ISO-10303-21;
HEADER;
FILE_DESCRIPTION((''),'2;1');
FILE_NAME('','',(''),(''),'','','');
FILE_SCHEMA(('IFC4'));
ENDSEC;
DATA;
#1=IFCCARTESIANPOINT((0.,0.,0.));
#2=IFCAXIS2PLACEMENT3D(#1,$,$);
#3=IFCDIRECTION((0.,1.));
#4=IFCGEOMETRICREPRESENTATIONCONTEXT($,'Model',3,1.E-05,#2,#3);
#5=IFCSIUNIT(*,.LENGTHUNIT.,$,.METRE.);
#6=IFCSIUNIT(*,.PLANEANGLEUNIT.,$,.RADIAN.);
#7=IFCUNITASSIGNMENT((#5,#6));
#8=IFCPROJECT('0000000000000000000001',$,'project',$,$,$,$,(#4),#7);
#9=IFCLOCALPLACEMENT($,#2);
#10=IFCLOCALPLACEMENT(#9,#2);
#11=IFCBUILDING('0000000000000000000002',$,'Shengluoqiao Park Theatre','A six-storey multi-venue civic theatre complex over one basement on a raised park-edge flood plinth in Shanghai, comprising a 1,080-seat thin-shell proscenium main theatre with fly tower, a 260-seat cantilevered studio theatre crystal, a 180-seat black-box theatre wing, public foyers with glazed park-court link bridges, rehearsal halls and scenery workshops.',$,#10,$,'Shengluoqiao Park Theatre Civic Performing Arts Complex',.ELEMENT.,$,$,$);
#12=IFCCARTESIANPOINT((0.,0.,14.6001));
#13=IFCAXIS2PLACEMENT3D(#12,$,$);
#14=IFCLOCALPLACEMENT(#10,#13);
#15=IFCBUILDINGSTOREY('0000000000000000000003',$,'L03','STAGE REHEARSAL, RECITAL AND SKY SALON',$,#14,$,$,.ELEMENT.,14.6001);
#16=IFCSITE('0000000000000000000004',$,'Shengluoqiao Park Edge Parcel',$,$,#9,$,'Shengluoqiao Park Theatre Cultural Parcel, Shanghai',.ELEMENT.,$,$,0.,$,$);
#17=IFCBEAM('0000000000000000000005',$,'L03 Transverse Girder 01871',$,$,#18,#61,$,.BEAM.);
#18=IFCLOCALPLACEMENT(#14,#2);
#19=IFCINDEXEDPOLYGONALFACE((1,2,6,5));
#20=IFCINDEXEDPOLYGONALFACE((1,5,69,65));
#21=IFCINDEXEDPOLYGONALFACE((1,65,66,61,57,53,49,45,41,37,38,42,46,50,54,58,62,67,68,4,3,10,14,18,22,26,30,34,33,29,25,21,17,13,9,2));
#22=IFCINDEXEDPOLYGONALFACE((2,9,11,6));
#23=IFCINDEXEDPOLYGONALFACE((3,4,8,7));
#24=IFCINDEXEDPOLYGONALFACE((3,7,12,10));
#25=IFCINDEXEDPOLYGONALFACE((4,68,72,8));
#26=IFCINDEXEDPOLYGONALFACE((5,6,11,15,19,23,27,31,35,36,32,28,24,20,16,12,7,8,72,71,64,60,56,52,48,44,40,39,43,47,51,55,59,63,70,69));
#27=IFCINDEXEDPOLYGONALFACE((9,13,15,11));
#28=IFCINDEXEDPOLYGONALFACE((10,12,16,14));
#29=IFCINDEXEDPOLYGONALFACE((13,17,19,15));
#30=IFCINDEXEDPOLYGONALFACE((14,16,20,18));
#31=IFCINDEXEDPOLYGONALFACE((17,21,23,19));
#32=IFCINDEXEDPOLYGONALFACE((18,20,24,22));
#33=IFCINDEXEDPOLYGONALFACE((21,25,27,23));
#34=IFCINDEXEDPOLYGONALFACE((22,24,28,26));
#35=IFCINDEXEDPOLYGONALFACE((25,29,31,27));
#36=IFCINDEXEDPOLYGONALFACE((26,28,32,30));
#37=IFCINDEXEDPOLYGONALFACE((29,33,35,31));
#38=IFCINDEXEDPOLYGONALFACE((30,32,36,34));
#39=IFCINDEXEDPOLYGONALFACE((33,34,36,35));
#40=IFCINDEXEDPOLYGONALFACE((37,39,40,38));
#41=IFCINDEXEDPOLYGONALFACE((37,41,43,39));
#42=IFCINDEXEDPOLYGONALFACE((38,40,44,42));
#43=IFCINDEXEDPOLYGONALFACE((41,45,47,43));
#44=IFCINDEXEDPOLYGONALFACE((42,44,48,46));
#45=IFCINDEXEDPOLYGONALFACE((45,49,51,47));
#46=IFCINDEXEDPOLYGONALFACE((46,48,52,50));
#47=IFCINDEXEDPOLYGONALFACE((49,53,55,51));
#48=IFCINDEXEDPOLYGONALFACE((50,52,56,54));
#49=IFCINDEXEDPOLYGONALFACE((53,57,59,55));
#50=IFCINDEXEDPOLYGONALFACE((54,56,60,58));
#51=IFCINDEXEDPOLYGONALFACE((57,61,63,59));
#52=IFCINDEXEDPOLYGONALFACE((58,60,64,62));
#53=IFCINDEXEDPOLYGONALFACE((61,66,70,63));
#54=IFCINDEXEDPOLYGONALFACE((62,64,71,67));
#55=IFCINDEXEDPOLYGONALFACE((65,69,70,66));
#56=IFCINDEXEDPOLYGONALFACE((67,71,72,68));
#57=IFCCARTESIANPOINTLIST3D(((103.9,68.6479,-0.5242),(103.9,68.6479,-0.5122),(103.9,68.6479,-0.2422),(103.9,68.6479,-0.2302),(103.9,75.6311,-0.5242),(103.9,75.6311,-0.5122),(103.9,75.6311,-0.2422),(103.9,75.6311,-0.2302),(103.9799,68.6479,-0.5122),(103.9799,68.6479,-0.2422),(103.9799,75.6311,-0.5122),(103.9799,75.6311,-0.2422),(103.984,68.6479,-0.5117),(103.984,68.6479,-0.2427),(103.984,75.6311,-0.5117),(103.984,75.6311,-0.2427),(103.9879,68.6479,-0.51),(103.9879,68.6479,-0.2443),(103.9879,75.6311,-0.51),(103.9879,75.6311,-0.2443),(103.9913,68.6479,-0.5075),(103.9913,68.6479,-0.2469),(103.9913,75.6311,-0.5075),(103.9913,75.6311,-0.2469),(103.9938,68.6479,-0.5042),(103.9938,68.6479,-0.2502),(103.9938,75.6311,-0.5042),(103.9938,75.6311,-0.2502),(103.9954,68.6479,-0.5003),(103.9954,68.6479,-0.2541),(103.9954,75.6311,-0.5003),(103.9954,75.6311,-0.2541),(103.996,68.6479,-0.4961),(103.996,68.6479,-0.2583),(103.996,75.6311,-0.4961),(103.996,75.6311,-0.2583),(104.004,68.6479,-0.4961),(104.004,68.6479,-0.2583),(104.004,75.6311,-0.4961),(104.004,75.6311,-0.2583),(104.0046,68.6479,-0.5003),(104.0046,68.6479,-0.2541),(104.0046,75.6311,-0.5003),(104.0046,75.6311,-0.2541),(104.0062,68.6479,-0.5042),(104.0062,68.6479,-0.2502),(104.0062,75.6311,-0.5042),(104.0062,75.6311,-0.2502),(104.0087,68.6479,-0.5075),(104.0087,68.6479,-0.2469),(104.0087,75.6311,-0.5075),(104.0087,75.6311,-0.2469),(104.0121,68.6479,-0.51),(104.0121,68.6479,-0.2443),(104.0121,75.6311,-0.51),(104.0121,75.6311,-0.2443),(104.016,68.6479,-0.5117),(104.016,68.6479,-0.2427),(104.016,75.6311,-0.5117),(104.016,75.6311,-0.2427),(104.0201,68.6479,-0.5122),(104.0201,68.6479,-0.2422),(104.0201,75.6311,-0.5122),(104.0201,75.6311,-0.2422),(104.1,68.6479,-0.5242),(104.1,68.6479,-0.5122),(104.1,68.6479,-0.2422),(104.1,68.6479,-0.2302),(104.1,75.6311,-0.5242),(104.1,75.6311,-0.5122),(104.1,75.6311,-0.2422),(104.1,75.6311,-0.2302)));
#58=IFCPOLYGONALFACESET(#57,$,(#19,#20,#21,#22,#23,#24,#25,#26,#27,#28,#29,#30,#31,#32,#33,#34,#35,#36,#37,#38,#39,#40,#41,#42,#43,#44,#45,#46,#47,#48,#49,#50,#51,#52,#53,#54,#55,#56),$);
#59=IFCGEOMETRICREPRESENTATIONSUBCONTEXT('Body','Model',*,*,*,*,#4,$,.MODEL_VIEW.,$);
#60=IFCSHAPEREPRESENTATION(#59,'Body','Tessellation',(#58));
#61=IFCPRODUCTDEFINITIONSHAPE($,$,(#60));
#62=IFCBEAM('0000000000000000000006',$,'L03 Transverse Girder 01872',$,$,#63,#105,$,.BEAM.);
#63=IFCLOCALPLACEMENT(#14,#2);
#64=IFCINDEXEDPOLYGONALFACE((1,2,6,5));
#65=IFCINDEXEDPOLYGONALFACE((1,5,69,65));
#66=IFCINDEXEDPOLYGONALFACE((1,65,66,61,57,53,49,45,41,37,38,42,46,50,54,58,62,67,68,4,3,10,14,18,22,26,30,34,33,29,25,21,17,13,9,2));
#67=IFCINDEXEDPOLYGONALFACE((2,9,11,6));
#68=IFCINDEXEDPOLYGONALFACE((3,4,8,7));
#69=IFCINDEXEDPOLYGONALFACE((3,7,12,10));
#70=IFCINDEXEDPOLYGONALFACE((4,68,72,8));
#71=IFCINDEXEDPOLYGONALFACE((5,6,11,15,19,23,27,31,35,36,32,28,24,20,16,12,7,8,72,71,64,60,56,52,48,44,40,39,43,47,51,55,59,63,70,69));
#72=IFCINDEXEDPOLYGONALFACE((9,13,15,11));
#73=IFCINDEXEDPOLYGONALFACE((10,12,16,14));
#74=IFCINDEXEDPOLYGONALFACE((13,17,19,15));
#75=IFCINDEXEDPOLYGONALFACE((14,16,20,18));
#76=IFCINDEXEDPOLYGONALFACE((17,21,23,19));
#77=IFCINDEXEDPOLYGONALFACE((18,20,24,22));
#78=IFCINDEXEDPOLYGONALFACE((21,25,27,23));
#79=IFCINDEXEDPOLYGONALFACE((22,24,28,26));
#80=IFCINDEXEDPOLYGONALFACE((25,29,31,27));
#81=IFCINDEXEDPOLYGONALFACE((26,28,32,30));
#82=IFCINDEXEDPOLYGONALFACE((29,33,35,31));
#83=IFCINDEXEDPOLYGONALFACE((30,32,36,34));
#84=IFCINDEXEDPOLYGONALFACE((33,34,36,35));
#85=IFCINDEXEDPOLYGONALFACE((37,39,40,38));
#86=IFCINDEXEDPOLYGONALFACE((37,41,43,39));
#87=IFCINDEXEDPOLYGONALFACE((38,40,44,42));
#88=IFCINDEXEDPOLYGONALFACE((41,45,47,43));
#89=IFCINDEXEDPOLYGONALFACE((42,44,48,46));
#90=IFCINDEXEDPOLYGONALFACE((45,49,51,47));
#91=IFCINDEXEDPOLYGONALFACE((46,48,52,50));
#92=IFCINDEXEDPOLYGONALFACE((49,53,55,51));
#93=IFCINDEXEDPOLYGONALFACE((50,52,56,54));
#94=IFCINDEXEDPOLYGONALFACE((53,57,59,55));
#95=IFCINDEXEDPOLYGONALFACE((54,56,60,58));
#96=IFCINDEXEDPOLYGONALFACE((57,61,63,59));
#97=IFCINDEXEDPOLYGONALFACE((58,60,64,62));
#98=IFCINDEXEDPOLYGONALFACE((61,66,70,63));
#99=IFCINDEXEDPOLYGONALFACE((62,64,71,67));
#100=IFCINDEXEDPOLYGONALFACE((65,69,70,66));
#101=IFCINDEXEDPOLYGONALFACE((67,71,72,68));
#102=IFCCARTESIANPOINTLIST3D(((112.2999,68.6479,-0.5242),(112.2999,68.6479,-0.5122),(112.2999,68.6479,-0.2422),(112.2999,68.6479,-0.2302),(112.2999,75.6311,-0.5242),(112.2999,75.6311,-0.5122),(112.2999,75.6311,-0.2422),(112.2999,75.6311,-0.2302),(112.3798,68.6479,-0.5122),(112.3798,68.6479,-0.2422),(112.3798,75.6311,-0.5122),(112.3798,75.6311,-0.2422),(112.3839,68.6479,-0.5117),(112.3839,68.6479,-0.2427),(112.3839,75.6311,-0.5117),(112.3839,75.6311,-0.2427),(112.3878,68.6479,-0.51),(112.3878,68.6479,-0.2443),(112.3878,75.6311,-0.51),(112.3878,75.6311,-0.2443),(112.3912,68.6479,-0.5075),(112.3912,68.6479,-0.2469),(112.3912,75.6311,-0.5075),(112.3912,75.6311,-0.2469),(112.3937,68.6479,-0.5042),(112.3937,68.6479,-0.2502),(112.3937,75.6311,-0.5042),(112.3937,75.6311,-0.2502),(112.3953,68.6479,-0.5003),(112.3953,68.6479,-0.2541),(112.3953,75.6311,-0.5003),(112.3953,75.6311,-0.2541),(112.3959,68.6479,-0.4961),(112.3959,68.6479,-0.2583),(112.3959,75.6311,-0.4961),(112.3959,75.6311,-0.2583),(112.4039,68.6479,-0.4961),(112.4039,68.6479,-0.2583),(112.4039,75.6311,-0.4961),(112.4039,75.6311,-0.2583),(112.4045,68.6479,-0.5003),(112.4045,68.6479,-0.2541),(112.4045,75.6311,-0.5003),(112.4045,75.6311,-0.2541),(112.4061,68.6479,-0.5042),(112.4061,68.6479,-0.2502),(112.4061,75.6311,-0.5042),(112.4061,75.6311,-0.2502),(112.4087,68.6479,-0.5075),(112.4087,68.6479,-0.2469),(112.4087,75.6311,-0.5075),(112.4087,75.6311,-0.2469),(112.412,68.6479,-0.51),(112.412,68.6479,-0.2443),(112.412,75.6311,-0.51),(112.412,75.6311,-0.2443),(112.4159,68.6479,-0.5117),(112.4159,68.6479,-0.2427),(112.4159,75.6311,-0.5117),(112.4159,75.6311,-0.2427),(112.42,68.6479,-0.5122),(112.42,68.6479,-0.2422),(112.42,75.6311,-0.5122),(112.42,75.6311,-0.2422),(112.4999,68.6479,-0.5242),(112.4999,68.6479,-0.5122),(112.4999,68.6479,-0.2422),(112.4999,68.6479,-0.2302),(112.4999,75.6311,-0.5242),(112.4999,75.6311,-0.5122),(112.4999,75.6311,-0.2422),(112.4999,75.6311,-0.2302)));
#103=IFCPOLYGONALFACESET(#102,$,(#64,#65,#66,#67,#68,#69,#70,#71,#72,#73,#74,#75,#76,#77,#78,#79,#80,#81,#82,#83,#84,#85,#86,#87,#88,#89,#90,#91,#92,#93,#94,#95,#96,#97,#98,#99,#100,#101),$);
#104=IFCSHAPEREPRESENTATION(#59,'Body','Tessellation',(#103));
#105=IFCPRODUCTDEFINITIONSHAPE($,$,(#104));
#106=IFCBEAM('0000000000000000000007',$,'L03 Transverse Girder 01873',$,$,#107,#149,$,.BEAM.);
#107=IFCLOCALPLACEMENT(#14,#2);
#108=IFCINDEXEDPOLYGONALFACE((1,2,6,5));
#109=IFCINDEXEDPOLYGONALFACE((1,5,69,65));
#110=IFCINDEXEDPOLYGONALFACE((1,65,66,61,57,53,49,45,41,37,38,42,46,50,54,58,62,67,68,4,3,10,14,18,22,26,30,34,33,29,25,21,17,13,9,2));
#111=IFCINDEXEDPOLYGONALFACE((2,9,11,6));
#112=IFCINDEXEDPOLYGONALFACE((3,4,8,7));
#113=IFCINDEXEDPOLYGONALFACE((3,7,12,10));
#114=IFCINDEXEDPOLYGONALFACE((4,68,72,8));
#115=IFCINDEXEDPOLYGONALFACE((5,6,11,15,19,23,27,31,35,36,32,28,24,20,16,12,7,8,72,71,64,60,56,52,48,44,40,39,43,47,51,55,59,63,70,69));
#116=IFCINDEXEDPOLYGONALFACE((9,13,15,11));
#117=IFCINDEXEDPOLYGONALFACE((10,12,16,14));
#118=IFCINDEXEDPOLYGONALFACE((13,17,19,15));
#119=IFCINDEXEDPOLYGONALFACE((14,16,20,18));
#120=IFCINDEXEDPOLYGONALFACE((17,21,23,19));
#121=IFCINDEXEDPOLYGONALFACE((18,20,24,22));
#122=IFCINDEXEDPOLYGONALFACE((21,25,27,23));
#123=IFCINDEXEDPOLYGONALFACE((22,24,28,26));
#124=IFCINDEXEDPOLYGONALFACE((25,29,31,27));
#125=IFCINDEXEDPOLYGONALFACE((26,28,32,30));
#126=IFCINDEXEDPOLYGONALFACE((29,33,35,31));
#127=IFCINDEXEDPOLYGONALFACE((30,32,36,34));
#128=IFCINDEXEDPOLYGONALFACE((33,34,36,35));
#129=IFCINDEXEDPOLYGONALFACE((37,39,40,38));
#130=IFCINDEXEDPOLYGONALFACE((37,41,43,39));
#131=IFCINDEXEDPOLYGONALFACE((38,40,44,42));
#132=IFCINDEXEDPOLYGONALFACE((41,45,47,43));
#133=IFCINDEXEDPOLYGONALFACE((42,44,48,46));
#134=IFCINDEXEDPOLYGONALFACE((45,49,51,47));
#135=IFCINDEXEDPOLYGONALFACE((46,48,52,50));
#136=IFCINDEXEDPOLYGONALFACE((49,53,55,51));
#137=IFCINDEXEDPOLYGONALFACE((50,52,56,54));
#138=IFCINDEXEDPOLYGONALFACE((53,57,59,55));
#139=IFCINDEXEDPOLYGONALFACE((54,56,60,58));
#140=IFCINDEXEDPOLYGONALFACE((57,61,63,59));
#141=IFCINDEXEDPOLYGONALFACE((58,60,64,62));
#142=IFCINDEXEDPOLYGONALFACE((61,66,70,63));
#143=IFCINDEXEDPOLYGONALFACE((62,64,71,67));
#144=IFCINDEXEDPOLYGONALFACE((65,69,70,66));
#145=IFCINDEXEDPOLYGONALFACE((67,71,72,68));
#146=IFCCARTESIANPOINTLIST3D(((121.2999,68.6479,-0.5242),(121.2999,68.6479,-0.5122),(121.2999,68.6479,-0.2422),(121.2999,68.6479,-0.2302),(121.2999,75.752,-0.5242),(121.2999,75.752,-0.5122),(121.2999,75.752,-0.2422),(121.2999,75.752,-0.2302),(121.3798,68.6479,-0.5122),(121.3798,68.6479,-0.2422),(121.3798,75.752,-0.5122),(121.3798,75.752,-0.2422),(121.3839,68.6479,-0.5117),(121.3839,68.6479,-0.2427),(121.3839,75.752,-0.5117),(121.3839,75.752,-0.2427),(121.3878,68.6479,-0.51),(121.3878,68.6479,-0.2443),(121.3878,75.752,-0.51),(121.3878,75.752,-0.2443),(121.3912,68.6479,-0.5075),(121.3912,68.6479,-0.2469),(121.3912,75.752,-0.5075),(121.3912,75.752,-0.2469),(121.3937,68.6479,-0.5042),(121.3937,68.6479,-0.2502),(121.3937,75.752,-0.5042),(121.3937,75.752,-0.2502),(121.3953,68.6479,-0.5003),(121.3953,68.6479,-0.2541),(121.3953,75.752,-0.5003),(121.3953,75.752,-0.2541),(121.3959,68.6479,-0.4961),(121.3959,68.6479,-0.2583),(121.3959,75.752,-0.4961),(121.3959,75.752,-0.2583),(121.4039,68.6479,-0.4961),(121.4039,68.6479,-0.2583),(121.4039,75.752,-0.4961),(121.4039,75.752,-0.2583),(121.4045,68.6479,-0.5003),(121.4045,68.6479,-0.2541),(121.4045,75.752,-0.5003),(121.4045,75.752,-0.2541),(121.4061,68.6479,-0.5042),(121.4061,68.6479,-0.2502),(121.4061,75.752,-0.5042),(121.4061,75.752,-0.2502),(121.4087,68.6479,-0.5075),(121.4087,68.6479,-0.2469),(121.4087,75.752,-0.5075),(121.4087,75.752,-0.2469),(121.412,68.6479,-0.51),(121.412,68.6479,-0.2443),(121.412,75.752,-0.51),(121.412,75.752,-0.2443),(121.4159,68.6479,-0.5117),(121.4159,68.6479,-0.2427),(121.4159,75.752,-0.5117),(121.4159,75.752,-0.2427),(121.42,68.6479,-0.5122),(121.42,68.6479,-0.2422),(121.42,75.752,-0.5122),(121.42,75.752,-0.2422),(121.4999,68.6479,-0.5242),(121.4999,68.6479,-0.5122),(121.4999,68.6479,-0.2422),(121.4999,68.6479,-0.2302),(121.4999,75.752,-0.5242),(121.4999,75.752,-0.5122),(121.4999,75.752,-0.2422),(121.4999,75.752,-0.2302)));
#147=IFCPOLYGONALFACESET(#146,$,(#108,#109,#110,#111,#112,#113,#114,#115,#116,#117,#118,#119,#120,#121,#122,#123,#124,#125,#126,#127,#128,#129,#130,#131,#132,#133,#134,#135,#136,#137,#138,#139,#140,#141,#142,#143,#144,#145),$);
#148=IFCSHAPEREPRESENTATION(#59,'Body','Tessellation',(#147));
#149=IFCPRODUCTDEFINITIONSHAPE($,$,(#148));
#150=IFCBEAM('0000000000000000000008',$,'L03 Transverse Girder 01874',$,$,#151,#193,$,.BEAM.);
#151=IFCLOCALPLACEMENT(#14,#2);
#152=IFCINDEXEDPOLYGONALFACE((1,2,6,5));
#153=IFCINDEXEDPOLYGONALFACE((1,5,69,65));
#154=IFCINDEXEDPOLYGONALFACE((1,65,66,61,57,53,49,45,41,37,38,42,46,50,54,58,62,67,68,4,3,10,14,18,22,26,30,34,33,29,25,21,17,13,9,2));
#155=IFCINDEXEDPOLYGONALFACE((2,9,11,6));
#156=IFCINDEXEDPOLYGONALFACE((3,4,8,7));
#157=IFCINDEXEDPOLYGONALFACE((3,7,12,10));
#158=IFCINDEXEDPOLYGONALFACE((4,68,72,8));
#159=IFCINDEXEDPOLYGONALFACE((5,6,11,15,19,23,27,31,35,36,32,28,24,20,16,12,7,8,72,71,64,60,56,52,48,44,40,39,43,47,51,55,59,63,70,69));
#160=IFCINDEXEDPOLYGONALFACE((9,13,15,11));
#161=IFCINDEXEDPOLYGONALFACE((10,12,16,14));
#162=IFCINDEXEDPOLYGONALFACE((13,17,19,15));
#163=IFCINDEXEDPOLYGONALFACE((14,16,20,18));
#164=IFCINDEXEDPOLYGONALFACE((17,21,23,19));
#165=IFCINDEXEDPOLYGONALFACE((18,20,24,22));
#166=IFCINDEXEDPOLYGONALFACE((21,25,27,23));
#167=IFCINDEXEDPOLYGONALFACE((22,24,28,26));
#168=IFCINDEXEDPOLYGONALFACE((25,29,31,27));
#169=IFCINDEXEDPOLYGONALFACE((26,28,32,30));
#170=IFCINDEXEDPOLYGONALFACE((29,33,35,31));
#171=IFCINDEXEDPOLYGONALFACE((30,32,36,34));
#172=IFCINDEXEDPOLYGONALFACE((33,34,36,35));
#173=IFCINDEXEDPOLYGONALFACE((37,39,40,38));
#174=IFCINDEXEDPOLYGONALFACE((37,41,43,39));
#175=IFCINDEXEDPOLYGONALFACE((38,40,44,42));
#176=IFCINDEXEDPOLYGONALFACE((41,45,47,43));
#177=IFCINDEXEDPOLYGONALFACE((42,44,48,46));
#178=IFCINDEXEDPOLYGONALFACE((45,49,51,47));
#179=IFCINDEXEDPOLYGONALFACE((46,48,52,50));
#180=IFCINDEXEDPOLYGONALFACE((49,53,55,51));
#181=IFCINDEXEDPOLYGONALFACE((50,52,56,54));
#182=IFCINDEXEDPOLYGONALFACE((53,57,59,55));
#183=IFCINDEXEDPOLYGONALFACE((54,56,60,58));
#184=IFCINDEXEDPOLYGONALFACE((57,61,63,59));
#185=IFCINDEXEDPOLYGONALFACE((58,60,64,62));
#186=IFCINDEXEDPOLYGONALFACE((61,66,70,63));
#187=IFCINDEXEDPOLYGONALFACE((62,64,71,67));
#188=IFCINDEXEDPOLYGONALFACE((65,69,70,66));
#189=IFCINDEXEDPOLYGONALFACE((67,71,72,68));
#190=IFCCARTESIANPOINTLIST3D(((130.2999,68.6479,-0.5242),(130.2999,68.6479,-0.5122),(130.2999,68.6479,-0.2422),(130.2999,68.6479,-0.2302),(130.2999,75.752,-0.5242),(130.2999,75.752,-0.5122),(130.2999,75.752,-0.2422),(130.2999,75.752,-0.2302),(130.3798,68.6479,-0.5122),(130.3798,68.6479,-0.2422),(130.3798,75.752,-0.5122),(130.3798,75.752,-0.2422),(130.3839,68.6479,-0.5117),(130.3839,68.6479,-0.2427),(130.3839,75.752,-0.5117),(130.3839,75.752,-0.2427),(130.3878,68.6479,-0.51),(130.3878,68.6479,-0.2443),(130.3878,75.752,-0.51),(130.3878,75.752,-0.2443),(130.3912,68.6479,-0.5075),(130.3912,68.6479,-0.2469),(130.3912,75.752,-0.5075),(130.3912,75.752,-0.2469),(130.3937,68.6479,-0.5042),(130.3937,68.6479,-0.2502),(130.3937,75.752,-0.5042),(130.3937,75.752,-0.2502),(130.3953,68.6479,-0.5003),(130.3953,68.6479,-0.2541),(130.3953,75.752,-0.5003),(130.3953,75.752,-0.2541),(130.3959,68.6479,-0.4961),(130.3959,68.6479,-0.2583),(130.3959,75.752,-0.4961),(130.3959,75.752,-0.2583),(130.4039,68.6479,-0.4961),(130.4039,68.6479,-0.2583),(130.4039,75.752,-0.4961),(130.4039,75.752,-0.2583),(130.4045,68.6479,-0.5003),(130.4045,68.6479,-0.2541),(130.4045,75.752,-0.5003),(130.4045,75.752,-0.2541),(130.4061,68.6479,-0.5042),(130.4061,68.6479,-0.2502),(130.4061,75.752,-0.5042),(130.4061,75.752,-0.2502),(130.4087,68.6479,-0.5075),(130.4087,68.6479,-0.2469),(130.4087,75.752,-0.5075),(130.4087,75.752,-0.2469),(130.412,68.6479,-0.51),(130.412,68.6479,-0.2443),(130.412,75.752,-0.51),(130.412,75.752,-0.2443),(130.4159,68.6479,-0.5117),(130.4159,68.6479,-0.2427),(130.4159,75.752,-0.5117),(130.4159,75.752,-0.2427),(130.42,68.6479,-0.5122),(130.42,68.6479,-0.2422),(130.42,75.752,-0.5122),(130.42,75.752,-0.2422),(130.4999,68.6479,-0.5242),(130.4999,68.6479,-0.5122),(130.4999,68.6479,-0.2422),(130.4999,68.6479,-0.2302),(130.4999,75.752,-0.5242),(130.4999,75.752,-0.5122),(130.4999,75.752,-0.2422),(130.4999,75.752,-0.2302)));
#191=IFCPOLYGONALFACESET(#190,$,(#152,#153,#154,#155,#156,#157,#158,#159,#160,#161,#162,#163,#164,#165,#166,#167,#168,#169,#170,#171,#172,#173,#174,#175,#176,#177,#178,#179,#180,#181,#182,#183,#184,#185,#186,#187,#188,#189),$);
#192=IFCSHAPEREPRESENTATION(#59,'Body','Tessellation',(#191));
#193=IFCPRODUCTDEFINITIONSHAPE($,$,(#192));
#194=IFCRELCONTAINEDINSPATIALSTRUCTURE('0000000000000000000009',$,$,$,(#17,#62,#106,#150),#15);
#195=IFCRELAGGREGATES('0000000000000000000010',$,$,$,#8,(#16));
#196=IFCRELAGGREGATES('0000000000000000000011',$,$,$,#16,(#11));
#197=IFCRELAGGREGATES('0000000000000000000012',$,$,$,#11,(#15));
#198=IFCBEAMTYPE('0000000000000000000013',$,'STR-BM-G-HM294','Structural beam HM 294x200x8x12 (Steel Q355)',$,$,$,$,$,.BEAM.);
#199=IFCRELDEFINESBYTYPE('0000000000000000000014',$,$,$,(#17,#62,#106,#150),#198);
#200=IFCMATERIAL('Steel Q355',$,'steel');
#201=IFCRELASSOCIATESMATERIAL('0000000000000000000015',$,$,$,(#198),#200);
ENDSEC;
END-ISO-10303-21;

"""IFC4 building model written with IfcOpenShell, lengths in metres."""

from ifc_helpers import new_model, si_unit, direction, frame, origin, origin_2d, place, context, subcontext, project, spatial, i_section, extrude, material, material_profile, profile_set, type_object, element, save


model = new_model("IFC4")

# Units and contexts
model_context = context("Model", 3, precision=1e-05, world=origin(), true_north=direction((0.0, 1.0)))
body_context = subcontext(model_context, "Body", "Model", "MODEL_VIEW")
ifc_project = project(units=[si_unit("LENGTHUNIT", "METRE"), si_unit("PLANEANGLEUNIT", "RADIAN")], contexts=[model_context])

# Site, building, storey
site_placement = place(None, origin())
site = spatial("IfcSite", under=ifc_project, at=site_placement, Name="Shengluoqiao Park Edge Parcel", LongName="Shengluoqiao Park Theatre Cultural Parcel, Shanghai", CompositionType="ELEMENT", RefElevation=0.0)
building_placement = place(site_placement, origin())
building = spatial("IfcBuilding", under=site, at=building_placement, Name="Shengluoqiao Park Theatre", Description="A six-storey multi-venue civic theatre complex over one basement on a raised park-edge flood plinth in Shanghai, comprising a 1,080-seat thin-shell proscenium main theatre with fly tower, a 260-seat cantilevered studio theatre crystal, a 180-seat black-box theatre wing, public foyers with glazed park-court link bridges, rehearsal halls and scenery workshops.", LongName="Shengluoqiao Park Theatre Civic Performing Arts Complex", CompositionType="ELEMENT")
storey_placement = place(building_placement, frame((0.0, 0.0, 14.6001)))
storey = spatial("IfcBuildingStorey", under=building, at=storey_placement, Name="L03", Description="STAGE REHEARSAL, RECITAL AND SKY SALON", CompositionType="ELEMENT", Elevation=14.6001)

# Beams
ifc_material = material(Name="Steel Q355", Category="steel")
ifc_material_profile_1 = material_profile(ifc_material, i_section(OverallWidth=0.2, OverallDepth=0.2939, WebThickness=0.0081, FlangeThickness=0.012, FilletRadius=0.0161, at=origin_2d()), Name="HM 294x200x8x12")
ifc_profile_set_1 = profile_set([ifc_material_profile_1], Name="Steel Q355")
beam_type_1 = type_object("IfcBeamType", Name="STR-BM-G-HM294", Description="Structural beam HM 294x200x8x12 (Steel Q355)", PredefinedType="BEAM", material=ifc_profile_set_1)
for number, where, z_axis, x_axis, name in (
    (1, (104.0, 68.6479, -0.3772), (0.0, 1.0, 0.0), (-1.0, 0.0, 0.0), "L03 Transverse Girder 01871"),
    (2, (112.3999, 68.6479, -0.3772), (0.0, 1.0, 0.0), (-1.0, 0.0, 0.0), "L03 Transverse Girder 01872"),
):
    element("IfcBeam", number, at=place(storey_placement, frame(where, z_axis=z_axis, x_axis=x_axis)), inside=storey, type_object=beam_type_1, Name=name, PredefinedType="BEAM", context=body_context, shape_type="SweptSolid", body=[
        extrude(i_section(OverallWidth=0.2, OverallDepth=0.2939, WebThickness=0.0081, FlangeThickness=0.012, FilletRadius=0.0161, at=origin_2d()), origin(), (0.0, 0.0, 1.0), 6.9832),
    ])
for number, where, z_axis, x_axis, name in (
    (3, (121.3999, 68.6479, -0.3772), (0.0, 1.0, 0.0), (-1.0, 0.0, 0.0), "L03 Transverse Girder 01873"),
    (4, (130.3999, 68.6479, -0.3772), (0.0, 1.0, 0.0), (-1.0, 0.0, 0.0), "L03 Transverse Girder 01874"),
):
    element("IfcBeam", number, at=place(storey_placement, frame(where, z_axis=z_axis, x_axis=x_axis)), inside=storey, type_object=beam_type_1, Name=name, PredefinedType="BEAM", context=body_context, shape_type="SweptSolid", body=[
        extrude(i_section(OverallWidth=0.2, OverallDepth=0.2939, WebThickness=0.0081, FlangeThickness=0.012, FilletRadius=0.0161, at=origin_2d()), origin(), (0.0, 0.0, 1.0), 7.104),
    ])

save(model, "model.ifc")
